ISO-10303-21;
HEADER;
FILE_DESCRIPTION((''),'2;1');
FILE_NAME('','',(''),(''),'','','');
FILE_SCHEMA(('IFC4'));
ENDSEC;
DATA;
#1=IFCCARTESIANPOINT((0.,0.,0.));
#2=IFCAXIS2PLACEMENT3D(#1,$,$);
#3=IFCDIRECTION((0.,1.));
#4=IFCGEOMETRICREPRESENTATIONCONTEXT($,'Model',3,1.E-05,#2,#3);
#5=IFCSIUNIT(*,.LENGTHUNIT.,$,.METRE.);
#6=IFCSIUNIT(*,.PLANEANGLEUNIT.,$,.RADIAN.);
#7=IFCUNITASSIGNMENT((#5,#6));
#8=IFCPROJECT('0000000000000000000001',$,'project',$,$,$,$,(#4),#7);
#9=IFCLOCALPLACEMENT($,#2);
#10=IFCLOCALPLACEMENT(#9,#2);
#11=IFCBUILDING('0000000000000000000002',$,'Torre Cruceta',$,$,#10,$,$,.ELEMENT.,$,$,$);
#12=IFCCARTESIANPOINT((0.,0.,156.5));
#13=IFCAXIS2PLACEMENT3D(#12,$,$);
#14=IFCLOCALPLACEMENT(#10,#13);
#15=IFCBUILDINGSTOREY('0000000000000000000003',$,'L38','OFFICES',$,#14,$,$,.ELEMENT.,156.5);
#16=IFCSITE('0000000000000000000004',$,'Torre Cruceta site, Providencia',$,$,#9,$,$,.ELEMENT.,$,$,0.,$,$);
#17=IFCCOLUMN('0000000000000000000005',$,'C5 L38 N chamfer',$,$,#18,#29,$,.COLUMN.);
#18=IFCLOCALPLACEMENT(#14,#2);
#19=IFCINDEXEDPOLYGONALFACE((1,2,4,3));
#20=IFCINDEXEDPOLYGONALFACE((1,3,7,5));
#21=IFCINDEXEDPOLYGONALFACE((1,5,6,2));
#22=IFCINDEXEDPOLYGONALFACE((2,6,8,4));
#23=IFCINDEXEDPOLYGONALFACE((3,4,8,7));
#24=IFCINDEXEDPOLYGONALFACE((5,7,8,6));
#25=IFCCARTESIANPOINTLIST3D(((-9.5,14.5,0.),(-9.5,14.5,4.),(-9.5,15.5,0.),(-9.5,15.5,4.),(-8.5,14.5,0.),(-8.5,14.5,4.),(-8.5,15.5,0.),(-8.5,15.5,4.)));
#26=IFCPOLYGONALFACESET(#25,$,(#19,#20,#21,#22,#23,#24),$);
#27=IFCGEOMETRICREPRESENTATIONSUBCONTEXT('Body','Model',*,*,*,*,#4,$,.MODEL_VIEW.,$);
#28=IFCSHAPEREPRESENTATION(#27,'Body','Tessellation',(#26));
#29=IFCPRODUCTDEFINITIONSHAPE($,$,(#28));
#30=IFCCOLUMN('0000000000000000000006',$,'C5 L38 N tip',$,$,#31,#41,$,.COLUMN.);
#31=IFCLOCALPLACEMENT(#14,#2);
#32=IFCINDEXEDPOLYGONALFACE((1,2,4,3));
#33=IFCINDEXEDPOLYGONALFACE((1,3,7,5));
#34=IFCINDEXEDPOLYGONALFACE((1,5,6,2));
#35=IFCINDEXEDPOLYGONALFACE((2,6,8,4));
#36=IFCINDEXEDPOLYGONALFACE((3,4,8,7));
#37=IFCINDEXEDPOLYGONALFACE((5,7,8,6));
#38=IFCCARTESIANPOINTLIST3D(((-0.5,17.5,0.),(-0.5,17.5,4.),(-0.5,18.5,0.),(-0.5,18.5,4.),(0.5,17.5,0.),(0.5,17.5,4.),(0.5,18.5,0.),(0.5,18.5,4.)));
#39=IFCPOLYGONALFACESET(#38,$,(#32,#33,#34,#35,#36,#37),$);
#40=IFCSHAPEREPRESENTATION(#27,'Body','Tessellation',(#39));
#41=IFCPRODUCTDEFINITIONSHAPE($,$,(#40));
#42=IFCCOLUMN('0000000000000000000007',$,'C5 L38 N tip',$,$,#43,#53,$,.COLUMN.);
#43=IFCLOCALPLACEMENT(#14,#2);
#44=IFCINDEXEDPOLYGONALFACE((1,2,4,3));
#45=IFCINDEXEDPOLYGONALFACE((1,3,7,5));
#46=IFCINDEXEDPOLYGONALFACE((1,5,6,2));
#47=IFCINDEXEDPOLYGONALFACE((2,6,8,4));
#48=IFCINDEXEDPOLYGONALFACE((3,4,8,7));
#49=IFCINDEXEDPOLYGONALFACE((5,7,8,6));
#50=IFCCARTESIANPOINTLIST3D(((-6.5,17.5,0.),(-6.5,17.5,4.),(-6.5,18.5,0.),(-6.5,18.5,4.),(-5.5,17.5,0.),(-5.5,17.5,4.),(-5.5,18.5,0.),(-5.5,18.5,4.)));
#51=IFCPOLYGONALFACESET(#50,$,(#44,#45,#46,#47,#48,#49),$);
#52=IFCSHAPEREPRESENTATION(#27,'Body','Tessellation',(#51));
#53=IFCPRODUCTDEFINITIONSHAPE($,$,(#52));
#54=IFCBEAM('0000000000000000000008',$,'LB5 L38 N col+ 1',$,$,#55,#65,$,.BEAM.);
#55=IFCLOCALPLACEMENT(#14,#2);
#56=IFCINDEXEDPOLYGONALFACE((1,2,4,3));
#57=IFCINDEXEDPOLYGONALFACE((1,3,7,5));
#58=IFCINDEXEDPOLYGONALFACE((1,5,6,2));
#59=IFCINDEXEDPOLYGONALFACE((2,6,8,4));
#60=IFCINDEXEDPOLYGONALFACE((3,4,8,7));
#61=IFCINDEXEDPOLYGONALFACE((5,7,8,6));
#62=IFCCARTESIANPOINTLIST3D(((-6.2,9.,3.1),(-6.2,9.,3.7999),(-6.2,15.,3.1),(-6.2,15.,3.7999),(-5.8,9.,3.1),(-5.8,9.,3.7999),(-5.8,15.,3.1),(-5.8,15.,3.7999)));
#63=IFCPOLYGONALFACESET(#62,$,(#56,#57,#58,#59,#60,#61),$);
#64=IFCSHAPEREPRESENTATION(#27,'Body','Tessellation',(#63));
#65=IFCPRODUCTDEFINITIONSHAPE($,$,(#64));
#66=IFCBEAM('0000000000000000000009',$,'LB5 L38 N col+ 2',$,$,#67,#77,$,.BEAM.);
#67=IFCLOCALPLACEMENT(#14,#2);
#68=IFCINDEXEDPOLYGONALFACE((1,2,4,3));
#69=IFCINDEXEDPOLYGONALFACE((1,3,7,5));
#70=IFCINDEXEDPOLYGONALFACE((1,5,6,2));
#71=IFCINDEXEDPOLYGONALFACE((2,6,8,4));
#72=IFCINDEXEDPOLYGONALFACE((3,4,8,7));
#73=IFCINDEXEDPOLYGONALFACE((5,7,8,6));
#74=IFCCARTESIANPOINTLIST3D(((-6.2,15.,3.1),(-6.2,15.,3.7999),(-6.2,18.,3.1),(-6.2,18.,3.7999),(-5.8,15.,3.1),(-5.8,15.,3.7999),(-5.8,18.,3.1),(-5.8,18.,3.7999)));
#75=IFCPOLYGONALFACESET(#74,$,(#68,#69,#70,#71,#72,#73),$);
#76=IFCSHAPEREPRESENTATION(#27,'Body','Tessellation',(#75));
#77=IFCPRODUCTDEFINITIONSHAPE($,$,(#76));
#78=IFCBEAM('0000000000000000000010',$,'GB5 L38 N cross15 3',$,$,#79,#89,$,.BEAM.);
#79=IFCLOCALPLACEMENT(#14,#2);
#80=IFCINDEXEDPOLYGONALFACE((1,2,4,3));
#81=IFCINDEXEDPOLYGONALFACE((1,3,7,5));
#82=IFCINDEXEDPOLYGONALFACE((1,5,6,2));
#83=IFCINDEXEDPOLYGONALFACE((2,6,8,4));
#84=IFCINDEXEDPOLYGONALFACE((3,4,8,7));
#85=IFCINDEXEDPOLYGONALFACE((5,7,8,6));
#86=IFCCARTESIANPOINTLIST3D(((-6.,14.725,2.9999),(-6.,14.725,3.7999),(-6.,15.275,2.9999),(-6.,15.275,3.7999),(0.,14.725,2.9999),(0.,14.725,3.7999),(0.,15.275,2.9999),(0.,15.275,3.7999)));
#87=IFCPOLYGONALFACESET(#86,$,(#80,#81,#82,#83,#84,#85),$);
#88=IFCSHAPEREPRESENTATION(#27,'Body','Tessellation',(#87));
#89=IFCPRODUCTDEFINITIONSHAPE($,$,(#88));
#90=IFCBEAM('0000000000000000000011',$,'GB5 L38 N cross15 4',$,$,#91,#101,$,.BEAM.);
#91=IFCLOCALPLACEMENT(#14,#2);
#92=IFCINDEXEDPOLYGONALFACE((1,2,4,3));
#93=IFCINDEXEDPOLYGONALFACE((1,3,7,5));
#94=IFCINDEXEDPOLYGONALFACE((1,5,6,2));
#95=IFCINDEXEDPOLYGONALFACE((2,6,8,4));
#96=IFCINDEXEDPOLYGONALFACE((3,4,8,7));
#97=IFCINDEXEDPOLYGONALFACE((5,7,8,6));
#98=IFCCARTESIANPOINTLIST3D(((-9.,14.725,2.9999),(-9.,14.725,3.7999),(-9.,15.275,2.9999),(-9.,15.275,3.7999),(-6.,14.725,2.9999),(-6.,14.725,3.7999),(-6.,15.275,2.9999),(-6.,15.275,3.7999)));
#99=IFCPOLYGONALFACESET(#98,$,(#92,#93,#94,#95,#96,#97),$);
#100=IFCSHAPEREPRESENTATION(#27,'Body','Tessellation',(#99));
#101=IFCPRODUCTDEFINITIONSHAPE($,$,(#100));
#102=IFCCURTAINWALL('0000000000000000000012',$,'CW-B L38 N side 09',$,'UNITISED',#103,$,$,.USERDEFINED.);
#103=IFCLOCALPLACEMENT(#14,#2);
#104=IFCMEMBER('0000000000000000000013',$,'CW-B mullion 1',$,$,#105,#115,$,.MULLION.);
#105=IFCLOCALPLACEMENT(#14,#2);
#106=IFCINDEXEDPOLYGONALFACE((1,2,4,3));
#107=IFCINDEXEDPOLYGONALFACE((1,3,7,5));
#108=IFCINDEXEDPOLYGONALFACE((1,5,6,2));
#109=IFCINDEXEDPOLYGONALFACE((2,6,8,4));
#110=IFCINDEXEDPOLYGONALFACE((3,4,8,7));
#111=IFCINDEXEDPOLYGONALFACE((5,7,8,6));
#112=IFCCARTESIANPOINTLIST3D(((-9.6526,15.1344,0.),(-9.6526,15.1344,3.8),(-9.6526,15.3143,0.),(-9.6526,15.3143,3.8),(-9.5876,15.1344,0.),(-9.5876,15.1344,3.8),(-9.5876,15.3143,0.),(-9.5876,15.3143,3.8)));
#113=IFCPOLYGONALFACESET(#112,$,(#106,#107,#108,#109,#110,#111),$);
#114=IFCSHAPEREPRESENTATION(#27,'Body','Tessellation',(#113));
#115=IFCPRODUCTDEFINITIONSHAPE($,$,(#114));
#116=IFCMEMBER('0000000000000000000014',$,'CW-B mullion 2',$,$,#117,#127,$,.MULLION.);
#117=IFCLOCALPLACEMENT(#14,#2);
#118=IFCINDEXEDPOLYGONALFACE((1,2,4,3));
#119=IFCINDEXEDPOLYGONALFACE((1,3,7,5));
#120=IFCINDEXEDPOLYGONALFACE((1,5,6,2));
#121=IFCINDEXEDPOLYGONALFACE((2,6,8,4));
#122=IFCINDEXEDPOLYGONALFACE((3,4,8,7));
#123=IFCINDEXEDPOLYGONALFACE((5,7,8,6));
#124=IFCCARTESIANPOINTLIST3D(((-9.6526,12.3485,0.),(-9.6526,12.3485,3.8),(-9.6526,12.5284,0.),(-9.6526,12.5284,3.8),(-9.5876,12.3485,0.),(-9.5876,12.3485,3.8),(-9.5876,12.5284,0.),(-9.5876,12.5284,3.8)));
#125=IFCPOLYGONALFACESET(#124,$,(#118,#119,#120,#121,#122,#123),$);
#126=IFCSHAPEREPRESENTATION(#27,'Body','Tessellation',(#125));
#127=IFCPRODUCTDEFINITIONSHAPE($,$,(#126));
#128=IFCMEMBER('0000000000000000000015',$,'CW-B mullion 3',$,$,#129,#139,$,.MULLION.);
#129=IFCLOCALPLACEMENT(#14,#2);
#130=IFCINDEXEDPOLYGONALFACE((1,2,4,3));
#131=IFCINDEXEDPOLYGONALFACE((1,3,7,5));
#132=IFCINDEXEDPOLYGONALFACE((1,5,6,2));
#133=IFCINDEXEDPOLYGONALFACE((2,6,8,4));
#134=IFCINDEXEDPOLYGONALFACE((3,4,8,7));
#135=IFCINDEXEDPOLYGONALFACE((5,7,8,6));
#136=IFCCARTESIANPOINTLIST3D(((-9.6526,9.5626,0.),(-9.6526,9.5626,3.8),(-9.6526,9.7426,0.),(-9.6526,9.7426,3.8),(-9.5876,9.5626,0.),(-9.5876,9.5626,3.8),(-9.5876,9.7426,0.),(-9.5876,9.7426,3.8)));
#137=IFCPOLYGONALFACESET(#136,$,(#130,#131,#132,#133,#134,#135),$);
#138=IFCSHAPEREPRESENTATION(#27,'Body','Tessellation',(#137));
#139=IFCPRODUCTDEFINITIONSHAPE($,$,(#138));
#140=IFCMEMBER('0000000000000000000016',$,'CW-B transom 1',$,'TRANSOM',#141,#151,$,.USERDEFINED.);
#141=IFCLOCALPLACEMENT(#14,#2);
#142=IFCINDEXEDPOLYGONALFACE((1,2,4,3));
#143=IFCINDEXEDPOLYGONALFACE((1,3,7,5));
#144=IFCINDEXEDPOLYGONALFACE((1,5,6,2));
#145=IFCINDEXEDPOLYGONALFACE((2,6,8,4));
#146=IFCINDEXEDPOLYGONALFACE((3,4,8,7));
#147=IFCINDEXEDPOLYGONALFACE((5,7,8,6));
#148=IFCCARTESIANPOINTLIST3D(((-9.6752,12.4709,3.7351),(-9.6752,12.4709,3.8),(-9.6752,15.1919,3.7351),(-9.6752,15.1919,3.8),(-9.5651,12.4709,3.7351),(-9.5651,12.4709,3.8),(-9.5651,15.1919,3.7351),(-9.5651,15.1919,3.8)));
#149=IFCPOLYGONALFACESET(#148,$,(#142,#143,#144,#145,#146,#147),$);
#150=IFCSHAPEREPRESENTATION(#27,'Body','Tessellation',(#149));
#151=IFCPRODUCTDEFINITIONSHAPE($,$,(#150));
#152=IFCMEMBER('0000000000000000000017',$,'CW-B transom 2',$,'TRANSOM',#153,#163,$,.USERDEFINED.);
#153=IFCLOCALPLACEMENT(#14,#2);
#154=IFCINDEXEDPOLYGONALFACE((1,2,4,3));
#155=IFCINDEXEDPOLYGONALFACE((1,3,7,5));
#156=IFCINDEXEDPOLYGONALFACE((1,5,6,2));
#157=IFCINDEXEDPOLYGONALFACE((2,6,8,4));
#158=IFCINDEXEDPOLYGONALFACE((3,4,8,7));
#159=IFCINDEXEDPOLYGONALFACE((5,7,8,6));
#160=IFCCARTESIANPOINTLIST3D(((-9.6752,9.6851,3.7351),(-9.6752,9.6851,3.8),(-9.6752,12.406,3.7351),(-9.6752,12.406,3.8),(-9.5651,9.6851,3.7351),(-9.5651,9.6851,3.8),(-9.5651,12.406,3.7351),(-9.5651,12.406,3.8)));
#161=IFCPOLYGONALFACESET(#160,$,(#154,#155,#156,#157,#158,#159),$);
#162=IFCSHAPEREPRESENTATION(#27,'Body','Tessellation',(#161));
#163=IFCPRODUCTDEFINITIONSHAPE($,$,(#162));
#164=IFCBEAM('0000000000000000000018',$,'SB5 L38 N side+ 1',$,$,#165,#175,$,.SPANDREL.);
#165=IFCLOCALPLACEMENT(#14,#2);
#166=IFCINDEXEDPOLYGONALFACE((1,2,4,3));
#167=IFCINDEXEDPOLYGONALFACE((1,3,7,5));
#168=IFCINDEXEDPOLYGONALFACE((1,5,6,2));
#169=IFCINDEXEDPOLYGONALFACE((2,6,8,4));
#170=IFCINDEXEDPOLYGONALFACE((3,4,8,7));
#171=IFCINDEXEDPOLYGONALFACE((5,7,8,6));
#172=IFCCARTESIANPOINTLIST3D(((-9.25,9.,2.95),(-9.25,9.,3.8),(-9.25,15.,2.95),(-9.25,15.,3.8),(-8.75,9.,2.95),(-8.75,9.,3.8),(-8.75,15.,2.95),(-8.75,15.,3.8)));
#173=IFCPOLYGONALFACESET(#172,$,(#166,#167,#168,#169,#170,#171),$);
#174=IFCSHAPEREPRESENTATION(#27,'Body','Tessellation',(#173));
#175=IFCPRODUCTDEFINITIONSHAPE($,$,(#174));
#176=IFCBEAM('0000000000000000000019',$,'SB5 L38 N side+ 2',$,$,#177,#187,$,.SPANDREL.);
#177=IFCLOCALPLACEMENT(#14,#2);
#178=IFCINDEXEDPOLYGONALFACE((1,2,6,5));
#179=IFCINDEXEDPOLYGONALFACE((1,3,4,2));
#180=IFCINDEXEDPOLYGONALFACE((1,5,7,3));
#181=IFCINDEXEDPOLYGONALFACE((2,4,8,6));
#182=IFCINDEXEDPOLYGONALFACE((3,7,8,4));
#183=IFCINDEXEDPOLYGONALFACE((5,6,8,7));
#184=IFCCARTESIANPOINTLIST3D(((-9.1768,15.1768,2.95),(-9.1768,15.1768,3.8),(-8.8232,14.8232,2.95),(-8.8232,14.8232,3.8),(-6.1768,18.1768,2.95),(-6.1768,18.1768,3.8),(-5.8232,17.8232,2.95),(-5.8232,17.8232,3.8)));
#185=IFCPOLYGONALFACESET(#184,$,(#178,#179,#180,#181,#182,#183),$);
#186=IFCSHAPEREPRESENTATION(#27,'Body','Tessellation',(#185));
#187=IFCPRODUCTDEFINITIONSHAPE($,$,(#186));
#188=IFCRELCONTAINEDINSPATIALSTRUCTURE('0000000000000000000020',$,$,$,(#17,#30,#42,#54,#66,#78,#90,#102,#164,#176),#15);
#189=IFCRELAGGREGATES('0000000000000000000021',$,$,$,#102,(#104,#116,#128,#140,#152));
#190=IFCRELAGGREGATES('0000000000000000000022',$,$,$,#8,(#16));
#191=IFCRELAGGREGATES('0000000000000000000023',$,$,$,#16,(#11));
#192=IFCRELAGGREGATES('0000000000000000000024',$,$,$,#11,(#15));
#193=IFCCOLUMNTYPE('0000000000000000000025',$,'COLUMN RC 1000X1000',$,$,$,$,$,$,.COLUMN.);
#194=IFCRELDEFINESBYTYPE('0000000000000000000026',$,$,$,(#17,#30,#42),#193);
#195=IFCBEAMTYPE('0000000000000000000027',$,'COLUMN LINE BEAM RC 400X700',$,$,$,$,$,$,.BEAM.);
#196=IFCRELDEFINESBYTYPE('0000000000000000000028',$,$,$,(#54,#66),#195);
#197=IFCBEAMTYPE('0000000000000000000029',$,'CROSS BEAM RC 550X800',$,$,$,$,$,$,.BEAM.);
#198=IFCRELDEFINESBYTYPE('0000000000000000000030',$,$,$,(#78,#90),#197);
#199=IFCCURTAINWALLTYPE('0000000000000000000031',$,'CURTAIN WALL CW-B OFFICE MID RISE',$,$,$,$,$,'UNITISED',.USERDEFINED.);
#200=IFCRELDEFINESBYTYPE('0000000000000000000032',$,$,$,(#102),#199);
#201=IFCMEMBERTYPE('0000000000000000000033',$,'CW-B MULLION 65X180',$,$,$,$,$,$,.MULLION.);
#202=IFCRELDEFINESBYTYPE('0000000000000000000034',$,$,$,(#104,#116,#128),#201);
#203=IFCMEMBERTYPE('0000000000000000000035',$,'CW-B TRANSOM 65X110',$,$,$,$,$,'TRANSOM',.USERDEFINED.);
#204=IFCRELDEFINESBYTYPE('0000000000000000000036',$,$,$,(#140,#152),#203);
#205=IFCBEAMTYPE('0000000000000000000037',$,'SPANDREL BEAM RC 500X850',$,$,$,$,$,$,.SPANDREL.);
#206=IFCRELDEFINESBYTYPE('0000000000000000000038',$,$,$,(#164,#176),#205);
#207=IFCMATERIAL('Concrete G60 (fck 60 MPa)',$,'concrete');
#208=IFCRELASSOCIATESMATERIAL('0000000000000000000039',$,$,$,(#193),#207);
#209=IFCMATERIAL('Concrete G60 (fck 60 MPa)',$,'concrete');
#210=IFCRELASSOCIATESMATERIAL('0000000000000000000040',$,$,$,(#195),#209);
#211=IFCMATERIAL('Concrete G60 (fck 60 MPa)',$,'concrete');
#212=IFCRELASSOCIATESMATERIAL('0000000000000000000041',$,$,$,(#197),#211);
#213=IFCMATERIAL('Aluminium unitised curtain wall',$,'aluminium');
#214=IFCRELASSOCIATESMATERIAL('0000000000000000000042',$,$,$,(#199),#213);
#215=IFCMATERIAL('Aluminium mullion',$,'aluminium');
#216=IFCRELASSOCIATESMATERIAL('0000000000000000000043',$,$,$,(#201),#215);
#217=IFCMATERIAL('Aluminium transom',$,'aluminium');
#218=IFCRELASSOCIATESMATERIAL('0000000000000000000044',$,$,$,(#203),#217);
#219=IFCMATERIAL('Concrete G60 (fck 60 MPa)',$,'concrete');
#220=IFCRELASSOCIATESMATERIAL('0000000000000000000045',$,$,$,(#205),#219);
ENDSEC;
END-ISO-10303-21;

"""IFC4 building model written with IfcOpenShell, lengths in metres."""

from ifc_helpers import new_model, si_unit, direction, frame, origin, origin_2d, place, context, subcontext, project, spatial, rectangle, extrude, material, material_profile, profile_set, type_object, element, aggregate, save


model = new_model("IFC4")

# Units and contexts
model_context = context("Model", 3, precision=1e-05, world=origin(), true_north=direction((0.0, 1.0)))
body_context = subcontext(model_context, "Body", "Model", "MODEL_VIEW")
ifc_project = project(units=[si_unit("LENGTHUNIT", "METRE"), si_unit("PLANEANGLEUNIT", "RADIAN")], contexts=[model_context])

# Site, building, storey
site_placement = place(None, origin())
site = spatial("IfcSite", under=ifc_project, at=site_placement, Name="Torre Cruceta site, Providencia", CompositionType="ELEMENT", RefElevation=0.0)
building_placement = place(site_placement, origin())
building = spatial("IfcBuilding", under=site, at=building_placement, Name="Torre Cruceta", CompositionType="ELEMENT")
storey_placement = place(building_placement, frame((0.0, 0.0, 156.5)))
storey = spatial("IfcBuildingStorey", under=building, at=storey_placement, Name="L38", Description="OFFICES", CompositionType="ELEMENT", Elevation=156.5)

# Columns
ifc_material_1 = material(Name="Concrete G60 (fck 60 MPa)", Category="concrete")
ifc_material_profile_1 = material_profile(ifc_material_1, rectangle(XDim=1.0, YDim=1.0, at=origin_2d()), Name="RC 1000X1000")
ifc_profile_set_1 = profile_set([ifc_material_profile_1], Name="Concrete G60 (fck 60 MPa)")
column_type = type_object("IfcColumnType", Name="COLUMN RC 1000X1000", PredefinedType="COLUMN", material=ifc_profile_set_1)
for number, where, z_axis, x_axis, name in (
    (1, (-9.0, 15.0, 0.0), (0.0, 0.0, 1.0), (1.0, 0.0, 0.0), "C5 L38 N chamfer"),
    (2, (0.0, 18.0, 0.0), (0.0, 0.0, 1.0), (1.0, 0.0, 0.0), "C5 L38 N tip"),
    (3, (-6.0, 18.0, 0.0), (0.0, 0.0, 1.0), (1.0, 0.0, 0.0), "C5 L38 N tip"),
):
    element("IfcColumn", number, at=place(storey_placement, frame(where, z_axis=z_axis, x_axis=x_axis)), inside=storey, type_object=column_type, Name=name, PredefinedType="COLUMN", context=body_context, shape_type="SweptSolid", body=[
        extrude(rectangle(XDim=1.0, YDim=1.0, at=origin_2d()), origin(), (0.0, 0.0, 1.0), 4.0),
    ])

# Beams
ifc_material_2 = material(Name="Concrete G60 (fck 60 MPa)", Category="concrete")
ifc_material_profile_2 = material_profile(ifc_material_2, rectangle(XDim=0.3999, YDim=0.7, at=origin_2d()), Name="RC 400X700")
ifc_profile_set_2 = profile_set([ifc_material_profile_2], Name="Concrete G60 (fck 60 MPa)")
beam_type_1 = type_object("IfcBeamType", Name="COLUMN LINE BEAM RC 400X700", PredefinedType="BEAM", material=ifc_profile_set_2)
beam_1_placement = place(storey_placement, frame((-6.0, 9.0, 3.45), z_axis=(0.0, 1.0, 0.0), x_axis=(-1.0, 0.0, 0.0)))
element("IfcBeam", 4, at=beam_1_placement, inside=storey, type_object=beam_type_1, Name="LB5 L38 N col+ 1", PredefinedType="BEAM", context=body_context, shape_type="SweptSolid", body=[
    extrude(rectangle(XDim=0.3999, YDim=0.7, at=origin_2d()), origin(), (0.0, 0.0, 1.0), 6.0),
])
beam_2_placement = place(storey_placement, frame((-6.0, 15.0, 3.45), z_axis=(0.0, 1.0, 0.0), x_axis=(-1.0, 0.0, 0.0)))
element("IfcBeam", 5, at=beam_2_placement, inside=storey, type_object=beam_type_1, Name="LB5 L38 N col+ 2", PredefinedType="BEAM", context=body_context, shape_type="SweptSolid", body=[
    extrude(rectangle(XDim=0.3999, YDim=0.7, at=origin_2d()), origin(), (0.0, 0.0, 1.0), 3.0),
])
ifc_material_3 = material(Name="Concrete G60 (fck 60 MPa)", Category="concrete")
ifc_material_profile_3 = material_profile(ifc_material_3, rectangle(XDim=0.55, YDim=0.8, at=origin_2d()), Name="RC 550X800")
ifc_profile_set_3 = profile_set([ifc_material_profile_3], Name="Concrete G60 (fck 60 MPa)")
beam_type_2 = type_object("IfcBeamType", Name="CROSS BEAM RC 550X800", PredefinedType="BEAM", material=ifc_profile_set_3)
beam_3_placement = place(storey_placement, frame((0.0, 15.0, 3.3999), z_axis=(-1.0, 0.0, 0.0), x_axis=(0.0, -1.0, 0.0)))
element("IfcBeam", 6, at=beam_3_placement, inside=storey, type_object=beam_type_2, Name="GB5 L38 N cross15 3", PredefinedType="BEAM", context=body_context, shape_type="SweptSolid", body=[
    extrude(rectangle(XDim=0.55, YDim=0.8, at=origin_2d()), origin(), (0.0, 0.0, 1.0), 6.0),
])
beam_4_placement = place(storey_placement, frame((-6.0, 15.0, 3.3999), z_axis=(-1.0, 0.0, 0.0), x_axis=(0.0, -1.0, 0.0)))
element("IfcBeam", 7, at=beam_4_placement, inside=storey, type_object=beam_type_2, Name="GB5 L38 N cross15 4", PredefinedType="BEAM", context=body_context, shape_type="SweptSolid", body=[
    extrude(rectangle(XDim=0.55, YDim=0.8, at=origin_2d()), origin(), (0.0, 0.0, 1.0), 3.0),
])

# Curtain wall, members
ifc_material_4 = material(Name="Aluminium unitised curtain wall", Category="aluminium")
curtain_wall_type = type_object("IfcCurtainWallType", Name="CURTAIN WALL CW-B OFFICE MID RISE", ElementType="UNITISED", PredefinedType="USERDEFINED", material=ifc_material_4)
curtain_wall_placement = place(storey_placement, origin())
curtain_wall = element("IfcCurtainWall", 8, at=curtain_wall_placement, inside=storey, type_object=curtain_wall_type, Name="CW-B L38 N side 09", ObjectType="UNITISED", PredefinedType="USERDEFINED")
ifc_material_5 = material(Name="Aluminium mullion", Category="aluminium")
ifc_material_profile_4 = material_profile(ifc_material_5, rectangle(XDim=0.0649, YDim=0.1799, at=origin_2d()), Name="AL 65X180")
ifc_profile_set_4 = profile_set([ifc_material_profile_4], Name="Aluminium mullion")
member_type_1 = type_object("IfcMemberType", Name="CW-B MULLION 65X180", PredefinedType="MULLION", material=ifc_profile_set_4)
member_1_placement = place(storey_placement, frame((-9.6201, 15.2244, 0.0), z_axis=(0.0, 0.0, 1.0), x_axis=(1.0, 0.0, 0.0)))
member_1 = element("IfcMember", 9, at=member_1_placement, type_object=member_type_1, Name="CW-B mullion 1", PredefinedType="MULLION", context=body_context, shape_type="SweptSolid", body=[
    extrude(rectangle(XDim=0.0649, YDim=0.1799, at=origin_2d()), origin(), (0.0, 0.0, 1.0), 3.8),
])
member_2_placement = place(storey_placement, frame((-9.6201, 12.4385, 0.0), z_axis=(0.0, 0.0, 1.0), x_axis=(1.0, 0.0, 0.0)))
member_2 = element("IfcMember", 10, at=member_2_placement, type_object=member_type_1, Name="CW-B mullion 2", PredefinedType="MULLION", context=body_context, shape_type="SweptSolid", body=[
    extrude(rectangle(XDim=0.0649, YDim=0.1799, at=origin_2d()), origin(), (0.0, 0.0, 1.0), 3.8),
])
member_3_placement = place(storey_placement, frame((-9.6201, 9.6526, 0.0), z_axis=(0.0, 0.0, 1.0), x_axis=(1.0, 0.0, 0.0)))
member_3 = element("IfcMember", 11, at=member_3_placement, type_object=member_type_1, Name="CW-B mullion 3", PredefinedType="MULLION", context=body_context, shape_type="SweptSolid", body=[
    extrude(rectangle(XDim=0.0649, YDim=0.1799, at=origin_2d()), origin(), (0.0, 0.0, 1.0), 3.8),
])
ifc_material_6 = material(Name="Aluminium transom", Category="aluminium")
ifc_material_profile_5 = material_profile(ifc_material_6, rectangle(XDim=0.1101, YDim=0.0649, at=origin_2d()), Name="AL 110X65")
ifc_profile_set_5 = profile_set([ifc_material_profile_5], Name="Aluminium transom")
member_type_2 = type_object("IfcMemberType", Name="CW-B TRANSOM 65X110", ElementType="TRANSOM", PredefinedType="USERDEFINED", material=ifc_profile_set_5)
member_4_placement = place(storey_placement, frame((-9.6201, 15.1919, 3.7676), z_axis=(0.0, -1.0, 0.0), x_axis=(1.0, 0.0, 0.0)))
member_4 = element("IfcMember", 12, at=member_4_placement, type_object=member_type_2, Name="CW-B transom 1", ObjectType="TRANSOM", PredefinedType="USERDEFINED", context=body_context, shape_type="SweptSolid", body=[
    extrude(rectangle(XDim=0.1101, YDim=0.0649, at=origin_2d()), origin(), (0.0, 0.0, 1.0), 2.7209),
])
member_5_placement = place(storey_placement, frame((-9.6201, 12.406, 3.7676), z_axis=(0.0, -1.0, 0.0), x_axis=(1.0, 0.0, 0.0)))
member_5 = element("IfcMember", 13, at=member_5_placement, type_object=member_type_2, Name="CW-B transom 2", ObjectType="TRANSOM", PredefinedType="USERDEFINED", context=body_context, shape_type="SweptSolid", body=[
    extrude(rectangle(XDim=0.1101, YDim=0.0649, at=origin_2d()), origin(), (0.0, 0.0, 1.0), 2.7209),
])

# Beams
ifc_material_7 = material(Name="Concrete G60 (fck 60 MPa)", Category="concrete")
ifc_material_profile_6 = material_profile(ifc_material_7, rectangle(XDim=0.5, YDim=0.8501, at=origin_2d()), Name="RC 500X850")
ifc_profile_set_6 = profile_set([ifc_material_profile_6], Name="Concrete G60 (fck 60 MPa)")
beam_type_3 = type_object("IfcBeamType", Name="SPANDREL BEAM RC 500X850", PredefinedType="SPANDREL", material=ifc_profile_set_6)
beam_5_placement = place(storey_placement, frame((-9.0, 9.0, 3.375), z_axis=(0.0, 1.0, 0.0), x_axis=(-1.0, 0.0, 0.0)))
element("IfcBeam", 14, at=beam_5_placement, inside=storey, type_object=beam_type_3, Name="SB5 L38 N side+ 1", PredefinedType="SPANDREL", context=body_context, shape_type="SweptSolid", body=[
    extrude(rectangle(XDim=0.5, YDim=0.8501, at=origin_2d()), origin(), (0.0, 0.0, 1.0), 6.0),
])
beam_6_placement = place(storey_placement, frame((-9.0, 15.0, 3.375), z_axis=(0.707107, 0.707107, 0.0), x_axis=(-0.707107, 0.707107, 0.0)))
element("IfcBeam", 15, at=beam_6_placement, inside=storey, type_object=beam_type_3, Name="SB5 L38 N side+ 2", PredefinedType="SPANDREL", context=body_context, shape_type="SweptSolid", body=[
    extrude(rectangle(XDim=0.5, YDim=0.8501, at=origin_2d()), origin(), (0.0, 0.0, 1.0), 4.2427),
])

aggregate(curtain_wall, [member_1, member_2, member_3, member_4, member_5])

save(model, "model.ifc")
